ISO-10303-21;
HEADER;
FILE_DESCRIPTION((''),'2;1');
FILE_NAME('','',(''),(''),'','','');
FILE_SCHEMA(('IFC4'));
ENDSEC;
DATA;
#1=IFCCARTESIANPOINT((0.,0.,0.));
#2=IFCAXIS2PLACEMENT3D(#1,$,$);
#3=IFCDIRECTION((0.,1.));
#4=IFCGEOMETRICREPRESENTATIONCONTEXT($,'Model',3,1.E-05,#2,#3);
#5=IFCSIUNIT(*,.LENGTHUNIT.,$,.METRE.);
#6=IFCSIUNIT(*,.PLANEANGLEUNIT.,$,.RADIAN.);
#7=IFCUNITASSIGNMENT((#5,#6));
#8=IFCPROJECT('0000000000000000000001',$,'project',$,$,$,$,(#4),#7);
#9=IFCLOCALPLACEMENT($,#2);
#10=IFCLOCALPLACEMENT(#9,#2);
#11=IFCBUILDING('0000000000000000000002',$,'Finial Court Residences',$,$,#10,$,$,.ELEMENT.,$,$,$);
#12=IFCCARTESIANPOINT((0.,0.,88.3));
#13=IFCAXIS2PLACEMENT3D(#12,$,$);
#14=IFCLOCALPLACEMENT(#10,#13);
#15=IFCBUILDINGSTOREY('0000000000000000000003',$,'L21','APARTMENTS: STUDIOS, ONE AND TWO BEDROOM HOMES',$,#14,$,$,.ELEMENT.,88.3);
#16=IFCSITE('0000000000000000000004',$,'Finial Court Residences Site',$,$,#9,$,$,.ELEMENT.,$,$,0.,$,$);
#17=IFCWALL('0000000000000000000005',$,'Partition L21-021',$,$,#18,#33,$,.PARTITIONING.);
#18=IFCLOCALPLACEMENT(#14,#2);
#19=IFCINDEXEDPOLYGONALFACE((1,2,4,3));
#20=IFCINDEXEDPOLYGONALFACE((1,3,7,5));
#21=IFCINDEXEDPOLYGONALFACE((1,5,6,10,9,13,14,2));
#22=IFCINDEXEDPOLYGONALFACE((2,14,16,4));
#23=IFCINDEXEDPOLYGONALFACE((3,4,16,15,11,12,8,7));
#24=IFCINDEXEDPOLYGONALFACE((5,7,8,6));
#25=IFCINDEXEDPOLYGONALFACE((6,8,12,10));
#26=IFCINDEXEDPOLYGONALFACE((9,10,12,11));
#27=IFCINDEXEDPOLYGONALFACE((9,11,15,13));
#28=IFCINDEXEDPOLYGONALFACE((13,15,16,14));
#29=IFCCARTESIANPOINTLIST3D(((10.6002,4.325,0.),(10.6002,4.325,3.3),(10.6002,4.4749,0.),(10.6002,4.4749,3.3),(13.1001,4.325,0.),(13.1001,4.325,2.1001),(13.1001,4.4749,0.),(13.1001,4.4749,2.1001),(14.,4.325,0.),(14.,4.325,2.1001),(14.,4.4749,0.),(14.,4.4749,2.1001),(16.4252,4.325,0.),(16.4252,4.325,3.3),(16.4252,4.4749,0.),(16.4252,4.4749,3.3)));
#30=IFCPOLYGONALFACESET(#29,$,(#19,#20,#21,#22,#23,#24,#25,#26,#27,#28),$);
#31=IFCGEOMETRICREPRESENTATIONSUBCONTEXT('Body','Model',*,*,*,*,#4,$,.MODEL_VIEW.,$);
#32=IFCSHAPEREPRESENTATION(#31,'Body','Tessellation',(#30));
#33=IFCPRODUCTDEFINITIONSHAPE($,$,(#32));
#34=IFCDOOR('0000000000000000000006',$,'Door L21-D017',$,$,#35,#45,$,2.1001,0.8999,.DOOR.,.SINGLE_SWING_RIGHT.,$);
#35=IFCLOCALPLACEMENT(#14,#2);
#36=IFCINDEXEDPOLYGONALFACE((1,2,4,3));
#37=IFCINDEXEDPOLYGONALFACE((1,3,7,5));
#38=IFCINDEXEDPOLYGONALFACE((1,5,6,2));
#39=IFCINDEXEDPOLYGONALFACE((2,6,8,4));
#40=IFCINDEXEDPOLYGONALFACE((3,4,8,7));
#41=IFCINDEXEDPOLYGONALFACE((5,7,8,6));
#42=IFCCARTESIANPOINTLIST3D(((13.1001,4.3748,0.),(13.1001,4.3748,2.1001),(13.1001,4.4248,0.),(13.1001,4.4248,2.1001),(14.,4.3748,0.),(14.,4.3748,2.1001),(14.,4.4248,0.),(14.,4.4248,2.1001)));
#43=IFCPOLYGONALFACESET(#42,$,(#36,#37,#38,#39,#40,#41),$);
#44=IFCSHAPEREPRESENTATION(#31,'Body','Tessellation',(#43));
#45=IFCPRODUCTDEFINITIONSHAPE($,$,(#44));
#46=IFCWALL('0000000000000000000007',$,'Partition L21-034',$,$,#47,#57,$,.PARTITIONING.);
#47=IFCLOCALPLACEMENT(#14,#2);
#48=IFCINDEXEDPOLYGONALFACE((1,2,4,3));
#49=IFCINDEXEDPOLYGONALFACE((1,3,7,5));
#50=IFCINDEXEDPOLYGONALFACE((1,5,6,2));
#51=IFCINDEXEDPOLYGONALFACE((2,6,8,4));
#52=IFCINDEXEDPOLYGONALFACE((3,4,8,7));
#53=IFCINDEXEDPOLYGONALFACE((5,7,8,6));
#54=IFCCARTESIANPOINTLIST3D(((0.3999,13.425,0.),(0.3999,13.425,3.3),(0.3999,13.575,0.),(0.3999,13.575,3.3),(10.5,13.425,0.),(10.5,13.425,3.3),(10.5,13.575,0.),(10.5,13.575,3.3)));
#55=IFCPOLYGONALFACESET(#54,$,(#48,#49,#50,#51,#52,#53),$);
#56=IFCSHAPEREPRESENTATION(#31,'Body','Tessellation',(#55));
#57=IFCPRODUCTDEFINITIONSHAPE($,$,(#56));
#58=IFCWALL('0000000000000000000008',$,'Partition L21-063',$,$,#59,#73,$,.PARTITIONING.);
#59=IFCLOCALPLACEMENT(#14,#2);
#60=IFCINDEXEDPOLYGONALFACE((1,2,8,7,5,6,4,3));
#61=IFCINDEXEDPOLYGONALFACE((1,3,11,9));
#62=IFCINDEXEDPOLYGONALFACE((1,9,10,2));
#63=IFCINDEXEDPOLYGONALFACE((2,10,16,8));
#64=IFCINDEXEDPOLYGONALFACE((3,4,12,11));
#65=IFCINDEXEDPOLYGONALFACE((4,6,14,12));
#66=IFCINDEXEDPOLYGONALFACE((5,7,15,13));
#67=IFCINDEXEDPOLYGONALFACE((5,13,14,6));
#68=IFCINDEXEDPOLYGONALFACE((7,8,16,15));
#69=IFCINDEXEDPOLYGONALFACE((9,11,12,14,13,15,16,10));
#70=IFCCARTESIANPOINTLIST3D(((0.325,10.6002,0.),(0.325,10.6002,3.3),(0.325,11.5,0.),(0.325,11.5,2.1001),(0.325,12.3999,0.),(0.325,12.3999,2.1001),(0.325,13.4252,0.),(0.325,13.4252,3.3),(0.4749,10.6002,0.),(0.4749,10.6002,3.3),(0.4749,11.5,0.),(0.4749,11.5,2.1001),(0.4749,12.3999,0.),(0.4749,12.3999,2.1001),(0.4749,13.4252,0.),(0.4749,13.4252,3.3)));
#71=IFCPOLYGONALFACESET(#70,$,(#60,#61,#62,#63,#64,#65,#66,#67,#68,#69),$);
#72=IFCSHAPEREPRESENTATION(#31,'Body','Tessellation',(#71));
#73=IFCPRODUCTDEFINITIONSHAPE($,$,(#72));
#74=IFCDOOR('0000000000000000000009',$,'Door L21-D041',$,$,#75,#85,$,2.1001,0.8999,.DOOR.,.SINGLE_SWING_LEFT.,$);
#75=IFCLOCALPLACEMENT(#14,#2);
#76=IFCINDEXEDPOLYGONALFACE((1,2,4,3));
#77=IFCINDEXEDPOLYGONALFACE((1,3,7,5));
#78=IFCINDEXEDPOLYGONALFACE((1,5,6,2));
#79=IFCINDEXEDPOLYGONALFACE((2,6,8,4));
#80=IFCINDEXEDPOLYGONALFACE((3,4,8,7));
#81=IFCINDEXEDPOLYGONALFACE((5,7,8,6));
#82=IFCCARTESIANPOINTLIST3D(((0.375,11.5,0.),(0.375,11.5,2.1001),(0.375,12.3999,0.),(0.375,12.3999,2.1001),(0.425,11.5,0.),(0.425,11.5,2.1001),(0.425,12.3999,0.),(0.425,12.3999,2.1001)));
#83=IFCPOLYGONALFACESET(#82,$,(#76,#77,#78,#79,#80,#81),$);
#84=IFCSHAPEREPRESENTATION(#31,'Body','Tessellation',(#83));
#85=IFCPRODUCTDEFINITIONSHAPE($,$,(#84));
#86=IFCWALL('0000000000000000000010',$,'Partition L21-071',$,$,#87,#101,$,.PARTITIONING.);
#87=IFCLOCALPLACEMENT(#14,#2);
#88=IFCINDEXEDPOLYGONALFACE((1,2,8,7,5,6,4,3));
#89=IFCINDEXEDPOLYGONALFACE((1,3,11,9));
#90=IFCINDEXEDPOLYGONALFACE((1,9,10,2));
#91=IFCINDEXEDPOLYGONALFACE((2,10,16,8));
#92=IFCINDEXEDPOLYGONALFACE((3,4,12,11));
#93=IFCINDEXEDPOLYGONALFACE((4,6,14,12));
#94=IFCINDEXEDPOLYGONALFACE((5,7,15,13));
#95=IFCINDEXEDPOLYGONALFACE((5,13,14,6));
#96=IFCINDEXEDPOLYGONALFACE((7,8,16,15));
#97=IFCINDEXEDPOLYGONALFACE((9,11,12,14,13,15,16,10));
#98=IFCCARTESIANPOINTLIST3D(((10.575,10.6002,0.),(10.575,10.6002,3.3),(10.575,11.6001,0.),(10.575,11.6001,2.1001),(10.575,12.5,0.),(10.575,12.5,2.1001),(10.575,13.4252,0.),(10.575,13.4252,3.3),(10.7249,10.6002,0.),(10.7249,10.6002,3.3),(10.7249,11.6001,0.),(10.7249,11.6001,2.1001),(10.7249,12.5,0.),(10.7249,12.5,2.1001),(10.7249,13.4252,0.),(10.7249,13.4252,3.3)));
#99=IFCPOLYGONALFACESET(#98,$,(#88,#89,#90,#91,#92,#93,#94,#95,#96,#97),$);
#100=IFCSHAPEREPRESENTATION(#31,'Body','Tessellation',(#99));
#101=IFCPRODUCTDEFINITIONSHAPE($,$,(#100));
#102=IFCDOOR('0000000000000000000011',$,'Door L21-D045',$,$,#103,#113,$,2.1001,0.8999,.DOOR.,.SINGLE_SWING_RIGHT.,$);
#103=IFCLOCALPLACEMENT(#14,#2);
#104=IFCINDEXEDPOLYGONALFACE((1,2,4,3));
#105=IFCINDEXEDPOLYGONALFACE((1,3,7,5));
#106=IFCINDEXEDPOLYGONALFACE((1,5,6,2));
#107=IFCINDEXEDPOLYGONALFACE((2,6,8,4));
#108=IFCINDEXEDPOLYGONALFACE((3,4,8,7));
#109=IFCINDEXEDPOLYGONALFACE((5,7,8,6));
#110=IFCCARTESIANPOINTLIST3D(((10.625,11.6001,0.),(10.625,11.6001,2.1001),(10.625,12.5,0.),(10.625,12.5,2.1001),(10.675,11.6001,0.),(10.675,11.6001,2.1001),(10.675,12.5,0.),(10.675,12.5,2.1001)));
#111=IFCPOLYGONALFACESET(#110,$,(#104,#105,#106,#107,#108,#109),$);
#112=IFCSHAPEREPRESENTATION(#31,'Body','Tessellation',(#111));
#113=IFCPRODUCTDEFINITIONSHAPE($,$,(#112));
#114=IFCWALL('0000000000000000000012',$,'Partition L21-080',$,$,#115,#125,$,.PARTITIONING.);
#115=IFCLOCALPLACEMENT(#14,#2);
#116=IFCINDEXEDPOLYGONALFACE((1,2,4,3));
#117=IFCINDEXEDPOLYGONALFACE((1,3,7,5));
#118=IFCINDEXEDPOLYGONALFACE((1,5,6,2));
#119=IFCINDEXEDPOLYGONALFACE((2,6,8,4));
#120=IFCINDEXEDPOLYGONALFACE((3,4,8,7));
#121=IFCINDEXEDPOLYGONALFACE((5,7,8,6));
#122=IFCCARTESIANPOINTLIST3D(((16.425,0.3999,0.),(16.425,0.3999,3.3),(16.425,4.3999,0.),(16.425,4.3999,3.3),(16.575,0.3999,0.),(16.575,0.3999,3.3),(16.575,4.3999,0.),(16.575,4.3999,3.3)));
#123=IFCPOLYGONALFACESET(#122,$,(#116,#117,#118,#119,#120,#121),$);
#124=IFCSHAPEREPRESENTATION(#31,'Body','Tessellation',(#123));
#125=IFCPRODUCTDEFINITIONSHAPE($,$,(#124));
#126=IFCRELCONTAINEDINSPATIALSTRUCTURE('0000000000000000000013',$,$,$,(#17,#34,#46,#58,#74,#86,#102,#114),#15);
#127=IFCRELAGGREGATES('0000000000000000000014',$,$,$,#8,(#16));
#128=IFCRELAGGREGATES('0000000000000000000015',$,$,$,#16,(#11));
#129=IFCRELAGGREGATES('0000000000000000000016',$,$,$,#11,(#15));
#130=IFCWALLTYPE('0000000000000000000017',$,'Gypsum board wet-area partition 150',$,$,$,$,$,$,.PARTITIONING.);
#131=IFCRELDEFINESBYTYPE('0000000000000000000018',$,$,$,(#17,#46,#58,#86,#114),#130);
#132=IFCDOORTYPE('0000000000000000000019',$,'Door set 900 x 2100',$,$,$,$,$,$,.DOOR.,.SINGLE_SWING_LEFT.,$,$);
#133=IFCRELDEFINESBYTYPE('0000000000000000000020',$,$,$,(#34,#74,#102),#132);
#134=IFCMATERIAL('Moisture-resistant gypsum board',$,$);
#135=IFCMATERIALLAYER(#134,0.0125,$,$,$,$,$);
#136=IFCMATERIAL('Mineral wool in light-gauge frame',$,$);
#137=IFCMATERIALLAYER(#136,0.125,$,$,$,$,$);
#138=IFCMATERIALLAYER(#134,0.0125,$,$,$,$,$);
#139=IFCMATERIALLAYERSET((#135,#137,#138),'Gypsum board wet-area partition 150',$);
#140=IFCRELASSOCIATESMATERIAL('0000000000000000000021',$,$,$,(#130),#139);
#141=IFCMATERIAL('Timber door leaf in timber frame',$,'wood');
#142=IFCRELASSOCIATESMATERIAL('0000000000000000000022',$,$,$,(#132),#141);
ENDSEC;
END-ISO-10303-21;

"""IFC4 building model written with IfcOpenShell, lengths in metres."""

from ifc_helpers import new_model, si_unit, direction, frame, frame_2d, origin, place, context, subcontext, project, spatial, rectangle, extrude, material, layer, layer_set, type_object, element, fill, save


model = new_model("IFC4")

# Units and contexts
model_context = context("Model", 3, precision=1e-05, world=origin(), true_north=direction((0.0, 1.0)))
body_context = subcontext(model_context, "Body", "Model", "MODEL_VIEW")
ifc_project = project(units=[si_unit("LENGTHUNIT", "METRE"), si_unit("PLANEANGLEUNIT", "RADIAN")], contexts=[model_context])

# Site, building, storey
site_placement = place(None, origin())
site = spatial("IfcSite", under=ifc_project, at=site_placement, Name="Finial Court Residences Site", CompositionType="ELEMENT", RefElevation=0.0)
building_placement = place(site_placement, origin())
building = spatial("IfcBuilding", under=site, at=building_placement, Name="Finial Court Residences", CompositionType="ELEMENT")
storey_placement = place(building_placement, frame((0.0, 0.0, 88.3)))
storey = spatial("IfcBuildingStorey", under=building, at=storey_placement, Name="L21", Description="APARTMENTS: STUDIOS, ONE AND TWO BEDROOM HOMES", CompositionType="ELEMENT", Elevation=88.3)

# Shared definitions
ifc_material_1 = material(Name="Mineral wool in light-gauge frame")

# Wall, opening, door
ifc_material_2 = material(Name="Moisture-resistant gypsum board")
ifc_layer_1 = layer(ifc_material_2, 0.0125)
ifc_layer_2 = layer(ifc_material_1, 0.125)
ifc_layer_3 = layer(ifc_material_2, 0.0125)
ifc_layer_set_1 = layer_set([ifc_layer_1, ifc_layer_2, ifc_layer_3], Name="Gypsum board wet-area partition 150")
wall_type_1 = type_object("IfcWallType", Name="Gypsum board wet-area partition 150", PredefinedType="PARTITIONING", material=ifc_layer_set_1)
ifc_material_3 = material(Name="Timber door leaf in timber frame", Category="wood")
door_type = type_object("IfcDoorType", Name="Door set 900 x 2100", OperationType="SINGLE_SWING_LEFT", PredefinedType="DOOR", material=ifc_material_3)
wall_1_placement = place(storey_placement, frame((10.6001, 4.3999, 0.0), z_axis=(0.0, 0.0, 1.0), x_axis=(1.0, 0.0, 0.0)))
wall_1 = element("IfcWall", 1, at=wall_1_placement, inside=storey, type_object=wall_type_1, Name="Partition L21-021", PredefinedType="PARTITIONING", context=body_context, shape_type="SweptSolid", body=[
    extrude(rectangle(XDim=5.825, YDim=0.1499, at=frame_2d((2.9126, 0.0))), origin(), (0.0, 0.0, 1.0), 3.3),
])
opening_1_placement = place(wall_1_placement, frame((2.5, 0.0, 0.0)))
opening_1 = element("IfcOpeningElement", 2, at=opening_1_placement, cuts=wall_1, PredefinedType="OPENING", context=body_context, shape_type="SweptSolid", body=[
    extrude(rectangle(XDim=0.8999, YDim=2.1001, at=frame_2d((0.45, 1.05))), frame((0.0, 0.085, 0.0), z_axis=(0.0, -1.0, 0.0), x_axis=(1.0, 0.0, 0.0)), (0.0, 0.0, 1.0), 0.1699),
])
door_1_placement = place(opening_1_placement, origin())
door_1 = element("IfcDoor", 3, at=door_1_placement, inside=storey, type_object=door_type, Name="Door L21-D017", OperationType="SINGLE_SWING_RIGHT", OverallHeight=2.1001, OverallWidth=0.8999, PredefinedType="DOOR", context=body_context, shape_type="SweptSolid", body=[
    extrude(rectangle(XDim=0.8999, YDim=2.1001, at=frame_2d((0.45, 1.05))), frame((0.0, 0.0249, 0.0), z_axis=(0.0, -1.0, 0.0), x_axis=(1.0, 0.0, 0.0)), (0.0, 0.0, 1.0), 0.05),
])
fill(opening_1, door_1)

# Wall
wall_2_placement = place(storey_placement, frame((0.3999, 13.5, 0.0), z_axis=(0.0, 0.0, 1.0), x_axis=(1.0, 0.0, 0.0)))
element("IfcWall", 4, at=wall_2_placement, inside=storey, type_object=wall_type_1, Name="Partition L21-034", PredefinedType="PARTITIONING", context=body_context, shape_type="SweptSolid", body=[
    extrude(rectangle(XDim=10.1001, YDim=0.1499, at=frame_2d((5.05, 0.0))), origin(), (0.0, 0.0, 1.0), 3.3),
])

# Walls, openings, doors
wall_3_placement = place(storey_placement, frame((0.3999, 10.6001, 0.0), z_axis=(0.0, 0.0, 1.0), x_axis=(0.0, 1.0, 0.0)))
wall_3 = element("IfcWall", 5, at=wall_3_placement, inside=storey, type_object=wall_type_1, Name="Partition L21-063", PredefinedType="PARTITIONING", context=body_context, shape_type="SweptSolid", body=[
    extrude(rectangle(XDim=2.825, YDim=0.1499, at=frame_2d((1.4126, 0.0))), origin(), (0.0, 0.0, 1.0), 3.3),
])
opening_2_placement = place(wall_3_placement, frame((0.8999, 0.0, 0.0)))
opening_2 = element("IfcOpeningElement", 6, at=opening_2_placement, cuts=wall_3, PredefinedType="OPENING", context=body_context, shape_type="SweptSolid", body=[
    extrude(rectangle(XDim=0.8999, YDim=2.1001, at=frame_2d((0.45, 1.05))), frame((0.0, 0.085, 0.0), z_axis=(0.0, -1.0, 0.0), x_axis=(1.0, 0.0, 0.0)), (0.0, 0.0, 1.0), 0.1699),
])
door_2_placement = place(opening_2_placement, origin())
door_2 = element("IfcDoor", 7, at=door_2_placement, inside=storey, type_object=door_type, Name="Door L21-D041", OperationType="SINGLE_SWING_LEFT", OverallHeight=2.1001, OverallWidth=0.8999, PredefinedType="DOOR", context=body_context, shape_type="SweptSolid", body=[
    extrude(rectangle(XDim=0.8999, YDim=2.1001, at=frame_2d((0.45, 1.05))), frame((0.0, 0.0249, 0.0), z_axis=(0.0, -1.0, 0.0), x_axis=(1.0, 0.0, 0.0)), (0.0, 0.0, 1.0), 0.05),
])
fill(opening_2, door_2)
wall_4_placement = place(storey_placement, frame((10.6499, 10.6001, 0.0), z_axis=(0.0, 0.0, 1.0), x_axis=(0.0, 1.0, 0.0)))
wall_4 = element("IfcWall", 8, at=wall_4_placement, inside=storey, type_object=wall_type_1, Name="Partition L21-071", PredefinedType="PARTITIONING", context=body_context, shape_type="SweptSolid", body=[
    extrude(rectangle(XDim=2.825, YDim=0.1499, at=frame_2d((1.4126, 0.0))), origin(), (0.0, 0.0, 1.0), 3.3),
])
opening_3_placement = place(wall_4_placement, frame((1.0, 0.0, 0.0)))
opening_3 = element("IfcOpeningElement", 9, at=opening_3_placement, cuts=wall_4, PredefinedType="OPENING", context=body_context, shape_type="SweptSolid", body=[
    extrude(rectangle(XDim=0.8999, YDim=2.1001, at=frame_2d((0.45, 1.05))), frame((0.0, 0.085, 0.0), z_axis=(0.0, -1.0, 0.0), x_axis=(1.0, 0.0, 0.0)), (0.0, 0.0, 1.0), 0.1699),
])
door_3_placement = place(opening_3_placement, origin())
door_3 = element("IfcDoor", 10, at=door_3_placement, inside=storey, type_object=door_type, Name="Door L21-D045", OperationType="SINGLE_SWING_RIGHT", OverallHeight=2.1001, OverallWidth=0.8999, PredefinedType="DOOR", context=body_context, shape_type="SweptSolid", body=[
    extrude(rectangle(XDim=0.8999, YDim=2.1001, at=frame_2d((0.45, 1.05))), frame((0.0, 0.0249, 0.0), z_axis=(0.0, -1.0, 0.0), x_axis=(1.0, 0.0, 0.0)), (0.0, 0.0, 1.0), 0.05),
])
fill(opening_3, door_3)

# Wall
wall_5_placement = place(storey_placement, frame((16.5, 0.3999, 0.0), z_axis=(0.0, 0.0, 1.0), x_axis=(0.0, 1.0, 0.0)))
element("IfcWall", 11, at=wall_5_placement, inside=storey, type_object=wall_type_1, Name="Partition L21-080", PredefinedType="PARTITIONING", context=body_context, shape_type="SweptSolid", body=[
    extrude(rectangle(XDim=4.0, YDim=0.1499, at=frame_2d((2.0, 0.0))), origin(), (0.0, 0.0, 1.0), 3.3),
])

save(model, "model.ifc")
